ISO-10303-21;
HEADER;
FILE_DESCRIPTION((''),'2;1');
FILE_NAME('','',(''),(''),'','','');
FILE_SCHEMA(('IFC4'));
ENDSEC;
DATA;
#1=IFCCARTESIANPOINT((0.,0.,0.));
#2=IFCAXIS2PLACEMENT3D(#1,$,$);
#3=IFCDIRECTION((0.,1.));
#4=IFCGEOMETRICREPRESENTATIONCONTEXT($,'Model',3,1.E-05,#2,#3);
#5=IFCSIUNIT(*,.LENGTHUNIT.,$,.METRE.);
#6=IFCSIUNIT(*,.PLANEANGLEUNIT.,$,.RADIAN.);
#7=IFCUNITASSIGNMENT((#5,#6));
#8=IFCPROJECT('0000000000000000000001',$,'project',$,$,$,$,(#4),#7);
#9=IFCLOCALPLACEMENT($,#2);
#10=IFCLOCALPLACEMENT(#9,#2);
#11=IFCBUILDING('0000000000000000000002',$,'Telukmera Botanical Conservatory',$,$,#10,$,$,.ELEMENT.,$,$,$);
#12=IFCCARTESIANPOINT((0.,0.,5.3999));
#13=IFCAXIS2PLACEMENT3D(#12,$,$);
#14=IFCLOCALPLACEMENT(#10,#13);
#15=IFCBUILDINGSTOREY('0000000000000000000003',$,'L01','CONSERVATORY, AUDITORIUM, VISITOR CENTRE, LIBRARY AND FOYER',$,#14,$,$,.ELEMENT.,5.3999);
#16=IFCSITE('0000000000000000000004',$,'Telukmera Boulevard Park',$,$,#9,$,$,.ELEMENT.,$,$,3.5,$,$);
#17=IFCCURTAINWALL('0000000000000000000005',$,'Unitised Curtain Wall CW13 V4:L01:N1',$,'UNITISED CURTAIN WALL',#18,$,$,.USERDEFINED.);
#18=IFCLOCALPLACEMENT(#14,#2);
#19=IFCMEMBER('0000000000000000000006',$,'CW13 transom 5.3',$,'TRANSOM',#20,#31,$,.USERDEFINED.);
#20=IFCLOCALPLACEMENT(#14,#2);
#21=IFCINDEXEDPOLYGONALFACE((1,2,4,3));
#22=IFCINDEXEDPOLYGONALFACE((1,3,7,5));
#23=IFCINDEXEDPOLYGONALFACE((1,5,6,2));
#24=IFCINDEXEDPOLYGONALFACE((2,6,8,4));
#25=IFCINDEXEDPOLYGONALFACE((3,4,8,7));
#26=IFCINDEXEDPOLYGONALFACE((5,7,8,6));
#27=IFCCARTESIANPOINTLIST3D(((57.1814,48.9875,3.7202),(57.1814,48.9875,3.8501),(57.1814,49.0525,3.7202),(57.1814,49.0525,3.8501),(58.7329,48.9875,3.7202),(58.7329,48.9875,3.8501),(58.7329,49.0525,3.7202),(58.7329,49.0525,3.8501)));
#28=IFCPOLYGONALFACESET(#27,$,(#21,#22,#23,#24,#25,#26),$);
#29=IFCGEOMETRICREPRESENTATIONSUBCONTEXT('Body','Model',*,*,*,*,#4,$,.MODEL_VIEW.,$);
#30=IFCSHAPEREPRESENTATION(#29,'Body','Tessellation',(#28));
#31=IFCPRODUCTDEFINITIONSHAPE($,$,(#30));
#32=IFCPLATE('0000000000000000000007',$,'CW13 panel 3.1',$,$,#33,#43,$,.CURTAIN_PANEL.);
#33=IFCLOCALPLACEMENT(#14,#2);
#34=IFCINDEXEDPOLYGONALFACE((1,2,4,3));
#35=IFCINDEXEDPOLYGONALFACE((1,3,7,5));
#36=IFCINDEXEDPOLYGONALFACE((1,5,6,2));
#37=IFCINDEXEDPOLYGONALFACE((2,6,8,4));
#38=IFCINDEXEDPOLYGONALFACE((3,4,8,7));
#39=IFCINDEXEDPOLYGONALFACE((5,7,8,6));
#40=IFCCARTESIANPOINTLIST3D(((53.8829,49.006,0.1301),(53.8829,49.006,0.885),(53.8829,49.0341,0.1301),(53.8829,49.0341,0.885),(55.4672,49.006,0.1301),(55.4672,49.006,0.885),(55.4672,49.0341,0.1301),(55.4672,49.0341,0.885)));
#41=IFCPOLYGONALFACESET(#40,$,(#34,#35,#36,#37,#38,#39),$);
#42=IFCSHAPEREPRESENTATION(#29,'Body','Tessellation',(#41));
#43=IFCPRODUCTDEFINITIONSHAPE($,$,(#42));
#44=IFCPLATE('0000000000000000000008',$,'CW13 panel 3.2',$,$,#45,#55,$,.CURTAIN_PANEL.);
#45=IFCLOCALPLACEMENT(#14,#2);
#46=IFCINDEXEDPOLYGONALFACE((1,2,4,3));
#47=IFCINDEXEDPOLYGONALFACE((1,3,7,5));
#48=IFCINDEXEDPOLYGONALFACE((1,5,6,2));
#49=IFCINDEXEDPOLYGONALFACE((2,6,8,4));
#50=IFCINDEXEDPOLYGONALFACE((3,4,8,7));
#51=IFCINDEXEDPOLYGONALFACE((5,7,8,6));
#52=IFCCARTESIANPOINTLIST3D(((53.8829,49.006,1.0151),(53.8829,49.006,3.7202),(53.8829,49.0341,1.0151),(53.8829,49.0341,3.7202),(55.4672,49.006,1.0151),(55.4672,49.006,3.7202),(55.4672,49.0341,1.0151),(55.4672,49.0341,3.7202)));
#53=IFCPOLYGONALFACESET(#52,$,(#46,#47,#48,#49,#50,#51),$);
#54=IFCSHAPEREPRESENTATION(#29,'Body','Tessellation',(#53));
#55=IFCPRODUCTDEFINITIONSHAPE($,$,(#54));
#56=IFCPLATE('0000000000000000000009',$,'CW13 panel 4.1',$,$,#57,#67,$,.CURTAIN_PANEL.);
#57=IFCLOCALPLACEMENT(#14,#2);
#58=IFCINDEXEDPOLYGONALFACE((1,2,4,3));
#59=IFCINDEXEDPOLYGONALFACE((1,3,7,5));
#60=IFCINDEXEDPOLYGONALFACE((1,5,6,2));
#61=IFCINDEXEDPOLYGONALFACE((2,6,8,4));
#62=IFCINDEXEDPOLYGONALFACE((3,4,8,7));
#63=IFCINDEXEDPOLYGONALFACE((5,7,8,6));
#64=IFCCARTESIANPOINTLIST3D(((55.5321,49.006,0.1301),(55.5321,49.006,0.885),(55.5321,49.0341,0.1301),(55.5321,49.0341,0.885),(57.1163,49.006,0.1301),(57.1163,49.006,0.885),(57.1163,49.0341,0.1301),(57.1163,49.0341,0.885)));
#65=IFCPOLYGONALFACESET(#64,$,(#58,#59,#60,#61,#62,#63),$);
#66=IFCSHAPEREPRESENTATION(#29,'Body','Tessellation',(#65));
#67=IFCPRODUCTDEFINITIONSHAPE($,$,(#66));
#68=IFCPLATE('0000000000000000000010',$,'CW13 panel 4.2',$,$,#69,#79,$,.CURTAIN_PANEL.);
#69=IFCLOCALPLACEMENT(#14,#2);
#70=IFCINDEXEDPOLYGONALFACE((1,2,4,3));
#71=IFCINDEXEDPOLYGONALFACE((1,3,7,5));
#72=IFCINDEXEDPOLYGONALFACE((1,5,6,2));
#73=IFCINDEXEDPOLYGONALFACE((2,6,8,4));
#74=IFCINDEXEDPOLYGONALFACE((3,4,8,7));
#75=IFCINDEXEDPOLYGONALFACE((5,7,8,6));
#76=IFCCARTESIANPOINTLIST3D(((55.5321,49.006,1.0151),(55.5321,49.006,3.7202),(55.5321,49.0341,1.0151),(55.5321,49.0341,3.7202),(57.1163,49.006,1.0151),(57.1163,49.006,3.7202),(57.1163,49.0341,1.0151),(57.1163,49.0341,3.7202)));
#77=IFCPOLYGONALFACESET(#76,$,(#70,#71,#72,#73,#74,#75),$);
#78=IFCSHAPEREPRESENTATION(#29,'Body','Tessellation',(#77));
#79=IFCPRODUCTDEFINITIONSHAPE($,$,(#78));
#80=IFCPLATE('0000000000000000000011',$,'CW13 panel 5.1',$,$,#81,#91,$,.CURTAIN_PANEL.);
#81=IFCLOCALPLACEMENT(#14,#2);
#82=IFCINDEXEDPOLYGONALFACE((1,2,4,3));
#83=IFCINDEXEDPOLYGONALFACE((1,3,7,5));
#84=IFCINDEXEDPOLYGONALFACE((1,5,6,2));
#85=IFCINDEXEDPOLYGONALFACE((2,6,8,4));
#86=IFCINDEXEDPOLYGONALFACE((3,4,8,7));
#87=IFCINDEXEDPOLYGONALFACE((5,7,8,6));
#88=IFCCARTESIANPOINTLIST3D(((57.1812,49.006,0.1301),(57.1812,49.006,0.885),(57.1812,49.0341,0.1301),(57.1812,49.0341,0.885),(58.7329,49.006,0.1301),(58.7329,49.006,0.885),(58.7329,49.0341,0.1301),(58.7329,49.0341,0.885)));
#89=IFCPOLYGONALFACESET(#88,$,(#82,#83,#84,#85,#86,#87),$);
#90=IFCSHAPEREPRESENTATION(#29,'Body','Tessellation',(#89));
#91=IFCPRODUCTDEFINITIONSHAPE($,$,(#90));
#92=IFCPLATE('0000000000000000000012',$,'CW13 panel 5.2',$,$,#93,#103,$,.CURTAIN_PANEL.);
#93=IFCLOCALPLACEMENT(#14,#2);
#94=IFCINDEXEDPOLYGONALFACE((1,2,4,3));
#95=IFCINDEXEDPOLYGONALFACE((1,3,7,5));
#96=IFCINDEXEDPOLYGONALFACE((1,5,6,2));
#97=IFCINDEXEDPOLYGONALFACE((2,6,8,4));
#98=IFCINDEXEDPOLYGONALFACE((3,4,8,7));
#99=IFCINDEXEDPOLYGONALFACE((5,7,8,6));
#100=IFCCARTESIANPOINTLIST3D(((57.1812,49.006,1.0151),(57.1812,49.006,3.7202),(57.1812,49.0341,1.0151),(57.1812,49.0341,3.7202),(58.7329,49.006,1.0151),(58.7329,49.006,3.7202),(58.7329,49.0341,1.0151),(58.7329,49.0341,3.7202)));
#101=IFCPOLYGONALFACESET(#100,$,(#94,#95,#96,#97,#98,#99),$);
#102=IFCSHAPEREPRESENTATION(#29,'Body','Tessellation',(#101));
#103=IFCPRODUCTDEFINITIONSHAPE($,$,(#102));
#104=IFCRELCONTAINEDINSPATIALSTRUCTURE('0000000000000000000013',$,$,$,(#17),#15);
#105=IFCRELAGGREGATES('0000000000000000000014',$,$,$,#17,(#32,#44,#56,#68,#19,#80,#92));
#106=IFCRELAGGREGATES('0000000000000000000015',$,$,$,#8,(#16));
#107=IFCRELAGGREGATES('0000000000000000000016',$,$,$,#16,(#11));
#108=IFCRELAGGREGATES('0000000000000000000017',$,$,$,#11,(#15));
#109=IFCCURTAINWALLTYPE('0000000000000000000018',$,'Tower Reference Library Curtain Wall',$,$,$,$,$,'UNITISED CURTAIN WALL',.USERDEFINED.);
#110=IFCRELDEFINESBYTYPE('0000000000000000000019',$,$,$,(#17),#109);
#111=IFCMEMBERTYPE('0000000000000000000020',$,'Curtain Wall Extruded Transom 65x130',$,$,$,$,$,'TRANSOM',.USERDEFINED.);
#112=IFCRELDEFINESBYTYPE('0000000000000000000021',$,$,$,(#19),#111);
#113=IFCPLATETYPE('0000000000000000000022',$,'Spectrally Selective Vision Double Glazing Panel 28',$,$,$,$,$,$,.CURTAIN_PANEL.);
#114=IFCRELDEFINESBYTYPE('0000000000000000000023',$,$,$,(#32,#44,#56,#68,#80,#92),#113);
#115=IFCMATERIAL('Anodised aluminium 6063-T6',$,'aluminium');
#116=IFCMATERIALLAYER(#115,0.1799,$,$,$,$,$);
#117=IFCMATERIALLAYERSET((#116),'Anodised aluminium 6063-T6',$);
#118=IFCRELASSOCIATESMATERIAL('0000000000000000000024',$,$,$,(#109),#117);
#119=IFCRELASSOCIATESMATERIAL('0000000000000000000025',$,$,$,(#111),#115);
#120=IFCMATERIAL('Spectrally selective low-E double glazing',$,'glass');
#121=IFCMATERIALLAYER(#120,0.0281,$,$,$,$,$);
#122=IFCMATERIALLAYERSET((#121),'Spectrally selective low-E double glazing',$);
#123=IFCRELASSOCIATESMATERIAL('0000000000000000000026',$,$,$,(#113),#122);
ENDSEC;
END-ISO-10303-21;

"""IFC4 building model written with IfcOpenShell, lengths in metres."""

from ifc_helpers import new_model, si_unit, direction, frame, origin, origin_2d, place, context, subcontext, project, spatial, rectangle, extrude, material, layer, layer_set, material_profile, profile_set, type_object, element, aggregate, save


model = new_model("IFC4")

# Units and contexts
model_context = context("Model", 3, precision=1e-05, world=origin(), true_north=direction((0.0, 1.0)))
body_context = subcontext(model_context, "Body", "Model", "MODEL_VIEW")
ifc_project = project(units=[si_unit("LENGTHUNIT", "METRE"), si_unit("PLANEANGLEUNIT", "RADIAN")], contexts=[model_context])

# Site, building, storey
site_placement = place(None, origin())
site = spatial("IfcSite", under=ifc_project, at=site_placement, Name="Telukmera Boulevard Park", CompositionType="ELEMENT", RefElevation=3.5)
building_placement = place(site_placement, origin())
building = spatial("IfcBuilding", under=site, at=building_placement, Name="Telukmera Botanical Conservatory", CompositionType="ELEMENT")
storey_placement = place(building_placement, frame((0.0, 0.0, 5.3999)))
storey = spatial("IfcBuildingStorey", under=building, at=storey_placement, Name="L01", Description="CONSERVATORY, AUDITORIUM, VISITOR CENTRE, LIBRARY AND FOYER", CompositionType="ELEMENT", Elevation=5.3999)

# Curtain wall, member, plates
ifc_material_1 = material(Name="Anodised aluminium 6063-T6", Category="aluminium")
ifc_layer_1 = layer(ifc_material_1, 0.1799)
ifc_layer_set_1 = layer_set([ifc_layer_1], Name="Anodised aluminium 6063-T6")
curtain_wall_type = type_object("IfcCurtainWallType", Name="Tower Reference Library Curtain Wall", ElementType="UNITISED CURTAIN WALL", PredefinedType="USERDEFINED", material=ifc_layer_set_1)
curtain_wall_placement = place(storey_placement, origin())
curtain_wall = element("IfcCurtainWall", 1, at=curtain_wall_placement, inside=storey, type_object=curtain_wall_type, Name="Unitised Curtain Wall CW13 V4:L01:N1", ObjectType="UNITISED CURTAIN WALL", PredefinedType="USERDEFINED")
ifc_material_profile_1 = material_profile(ifc_material_1, rectangle(XDim=0.0649, YDim=0.1299, at=origin_2d()), Name="ALU TRAN 65x130")
ifc_profile_set_1 = profile_set([ifc_material_profile_1], Name="Anodised aluminium 6063-T6")
member_type_1 = type_object("IfcMemberType", Name="Curtain Wall Extruded Transom 65x130", ElementType="TRANSOM", PredefinedType="USERDEFINED", material=ifc_profile_set_1)
member_1_placement = place(storey_placement, frame((57.1814, 49.02, 3.7852), z_axis=(1.0, 0.0, 0.0), x_axis=(0.0, 1.0, 0.0)))
member_1 = element("IfcMember", 2, at=member_1_placement, type_object=member_type_1, Name="CW13 transom 5.3", ObjectType="TRANSOM", PredefinedType="USERDEFINED", context=body_context, shape_type="SweptSolid", body=[
    extrude(rectangle(XDim=0.0649, YDim=0.1299, at=origin_2d()), origin(), (0.0, 0.0, 1.0), 1.5515),
])
ifc_material_2 = material(Name="Spectrally selective low-E double glazing", Category="glass")
ifc_layer_2 = layer(ifc_material_2, 0.0281)
ifc_layer_set_2 = layer_set([ifc_layer_2], Name="Spectrally selective low-E double glazing")
plate_type = type_object("IfcPlateType", Name="Spectrally Selective Vision Double Glazing Panel 28", PredefinedType="CURTAIN_PANEL", material=ifc_layer_set_2)
plate_1_placement = place(storey_placement, frame((54.675, 49.02, 0.1301), z_axis=(0.0, 0.0, 1.0), x_axis=(1.0, 0.0, 0.0)))
plate_1 = element("IfcPlate", 3, at=plate_1_placement, type_object=plate_type, Name="CW13 panel 3.1", PredefinedType="CURTAIN_PANEL", context=body_context, shape_type="SweptSolid", body=[
    extrude(rectangle(XDim=1.5842, YDim=0.0281, at=origin_2d()), origin(), (0.0, 0.0, 1.0), 0.7549),
])
plate_2_placement = place(storey_placement, frame((54.675, 49.02, 1.0151), z_axis=(0.0, 0.0, 1.0), x_axis=(1.0, 0.0, 0.0)))
plate_2 = element("IfcPlate", 4, at=plate_2_placement, type_object=plate_type, Name="CW13 panel 3.2", PredefinedType="CURTAIN_PANEL", context=body_context, shape_type="SweptSolid", body=[
    extrude(rectangle(XDim=1.5842, YDim=0.0281, at=origin_2d()), origin(), (0.0, 0.0, 1.0), 2.7051),
])
plate_3_placement = place(storey_placement, frame((56.3242, 49.02, 0.1301), z_axis=(0.0, 0.0, 1.0), x_axis=(1.0, 0.0, 0.0)))
plate_3 = element("IfcPlate", 5, at=plate_3_placement, type_object=plate_type, Name="CW13 panel 4.1", PredefinedType="CURTAIN_PANEL", context=body_context, shape_type="SweptSolid", body=[
    extrude(rectangle(XDim=1.5842, YDim=0.0281, at=origin_2d()), origin(), (0.0, 0.0, 1.0), 0.7549),
])
plate_4_placement = place(storey_placement, frame((56.3242, 49.02, 1.0151), z_axis=(0.0, 0.0, 1.0), x_axis=(1.0, 0.0, 0.0)))
plate_4 = element("IfcPlate", 6, at=plate_4_placement, type_object=plate_type, Name="CW13 panel 4.2", PredefinedType="CURTAIN_PANEL", context=body_context, shape_type="SweptSolid", body=[
    extrude(rectangle(XDim=1.5842, YDim=0.0281, at=origin_2d()), origin(), (0.0, 0.0, 1.0), 2.7051),
])
plate_5_placement = place(storey_placement, frame((57.957, 49.02, 0.1301), z_axis=(0.0, 0.0, 1.0), x_axis=(1.0, 0.0, 0.0)))
plate_5 = element("IfcPlate", 7, at=plate_5_placement, type_object=plate_type, Name="CW13 panel 5.1", PredefinedType="CURTAIN_PANEL", context=body_context, shape_type="SweptSolid", body=[
    extrude(rectangle(XDim=1.5518, YDim=0.0281, at=origin_2d()), origin(), (0.0, 0.0, 1.0), 0.7549),
])
plate_6_placement = place(storey_placement, frame((57.957, 49.02, 1.0151), z_axis=(0.0, 0.0, 1.0), x_axis=(1.0, 0.0, 0.0)))
plate_6 = element("IfcPlate", 8, at=plate_6_placement, type_object=plate_type, Name="CW13 panel 5.2", PredefinedType="CURTAIN_PANEL", context=body_context, shape_type="SweptSolid", body=[
    extrude(rectangle(XDim=1.5518, YDim=0.0281, at=origin_2d()), origin(), (0.0, 0.0, 1.0), 2.7051),
])
aggregate(curtain_wall, [plate_1, plate_2, plate_3, plate_4, member_1, plate_5, plate_6])

save(model, "model.ifc")
